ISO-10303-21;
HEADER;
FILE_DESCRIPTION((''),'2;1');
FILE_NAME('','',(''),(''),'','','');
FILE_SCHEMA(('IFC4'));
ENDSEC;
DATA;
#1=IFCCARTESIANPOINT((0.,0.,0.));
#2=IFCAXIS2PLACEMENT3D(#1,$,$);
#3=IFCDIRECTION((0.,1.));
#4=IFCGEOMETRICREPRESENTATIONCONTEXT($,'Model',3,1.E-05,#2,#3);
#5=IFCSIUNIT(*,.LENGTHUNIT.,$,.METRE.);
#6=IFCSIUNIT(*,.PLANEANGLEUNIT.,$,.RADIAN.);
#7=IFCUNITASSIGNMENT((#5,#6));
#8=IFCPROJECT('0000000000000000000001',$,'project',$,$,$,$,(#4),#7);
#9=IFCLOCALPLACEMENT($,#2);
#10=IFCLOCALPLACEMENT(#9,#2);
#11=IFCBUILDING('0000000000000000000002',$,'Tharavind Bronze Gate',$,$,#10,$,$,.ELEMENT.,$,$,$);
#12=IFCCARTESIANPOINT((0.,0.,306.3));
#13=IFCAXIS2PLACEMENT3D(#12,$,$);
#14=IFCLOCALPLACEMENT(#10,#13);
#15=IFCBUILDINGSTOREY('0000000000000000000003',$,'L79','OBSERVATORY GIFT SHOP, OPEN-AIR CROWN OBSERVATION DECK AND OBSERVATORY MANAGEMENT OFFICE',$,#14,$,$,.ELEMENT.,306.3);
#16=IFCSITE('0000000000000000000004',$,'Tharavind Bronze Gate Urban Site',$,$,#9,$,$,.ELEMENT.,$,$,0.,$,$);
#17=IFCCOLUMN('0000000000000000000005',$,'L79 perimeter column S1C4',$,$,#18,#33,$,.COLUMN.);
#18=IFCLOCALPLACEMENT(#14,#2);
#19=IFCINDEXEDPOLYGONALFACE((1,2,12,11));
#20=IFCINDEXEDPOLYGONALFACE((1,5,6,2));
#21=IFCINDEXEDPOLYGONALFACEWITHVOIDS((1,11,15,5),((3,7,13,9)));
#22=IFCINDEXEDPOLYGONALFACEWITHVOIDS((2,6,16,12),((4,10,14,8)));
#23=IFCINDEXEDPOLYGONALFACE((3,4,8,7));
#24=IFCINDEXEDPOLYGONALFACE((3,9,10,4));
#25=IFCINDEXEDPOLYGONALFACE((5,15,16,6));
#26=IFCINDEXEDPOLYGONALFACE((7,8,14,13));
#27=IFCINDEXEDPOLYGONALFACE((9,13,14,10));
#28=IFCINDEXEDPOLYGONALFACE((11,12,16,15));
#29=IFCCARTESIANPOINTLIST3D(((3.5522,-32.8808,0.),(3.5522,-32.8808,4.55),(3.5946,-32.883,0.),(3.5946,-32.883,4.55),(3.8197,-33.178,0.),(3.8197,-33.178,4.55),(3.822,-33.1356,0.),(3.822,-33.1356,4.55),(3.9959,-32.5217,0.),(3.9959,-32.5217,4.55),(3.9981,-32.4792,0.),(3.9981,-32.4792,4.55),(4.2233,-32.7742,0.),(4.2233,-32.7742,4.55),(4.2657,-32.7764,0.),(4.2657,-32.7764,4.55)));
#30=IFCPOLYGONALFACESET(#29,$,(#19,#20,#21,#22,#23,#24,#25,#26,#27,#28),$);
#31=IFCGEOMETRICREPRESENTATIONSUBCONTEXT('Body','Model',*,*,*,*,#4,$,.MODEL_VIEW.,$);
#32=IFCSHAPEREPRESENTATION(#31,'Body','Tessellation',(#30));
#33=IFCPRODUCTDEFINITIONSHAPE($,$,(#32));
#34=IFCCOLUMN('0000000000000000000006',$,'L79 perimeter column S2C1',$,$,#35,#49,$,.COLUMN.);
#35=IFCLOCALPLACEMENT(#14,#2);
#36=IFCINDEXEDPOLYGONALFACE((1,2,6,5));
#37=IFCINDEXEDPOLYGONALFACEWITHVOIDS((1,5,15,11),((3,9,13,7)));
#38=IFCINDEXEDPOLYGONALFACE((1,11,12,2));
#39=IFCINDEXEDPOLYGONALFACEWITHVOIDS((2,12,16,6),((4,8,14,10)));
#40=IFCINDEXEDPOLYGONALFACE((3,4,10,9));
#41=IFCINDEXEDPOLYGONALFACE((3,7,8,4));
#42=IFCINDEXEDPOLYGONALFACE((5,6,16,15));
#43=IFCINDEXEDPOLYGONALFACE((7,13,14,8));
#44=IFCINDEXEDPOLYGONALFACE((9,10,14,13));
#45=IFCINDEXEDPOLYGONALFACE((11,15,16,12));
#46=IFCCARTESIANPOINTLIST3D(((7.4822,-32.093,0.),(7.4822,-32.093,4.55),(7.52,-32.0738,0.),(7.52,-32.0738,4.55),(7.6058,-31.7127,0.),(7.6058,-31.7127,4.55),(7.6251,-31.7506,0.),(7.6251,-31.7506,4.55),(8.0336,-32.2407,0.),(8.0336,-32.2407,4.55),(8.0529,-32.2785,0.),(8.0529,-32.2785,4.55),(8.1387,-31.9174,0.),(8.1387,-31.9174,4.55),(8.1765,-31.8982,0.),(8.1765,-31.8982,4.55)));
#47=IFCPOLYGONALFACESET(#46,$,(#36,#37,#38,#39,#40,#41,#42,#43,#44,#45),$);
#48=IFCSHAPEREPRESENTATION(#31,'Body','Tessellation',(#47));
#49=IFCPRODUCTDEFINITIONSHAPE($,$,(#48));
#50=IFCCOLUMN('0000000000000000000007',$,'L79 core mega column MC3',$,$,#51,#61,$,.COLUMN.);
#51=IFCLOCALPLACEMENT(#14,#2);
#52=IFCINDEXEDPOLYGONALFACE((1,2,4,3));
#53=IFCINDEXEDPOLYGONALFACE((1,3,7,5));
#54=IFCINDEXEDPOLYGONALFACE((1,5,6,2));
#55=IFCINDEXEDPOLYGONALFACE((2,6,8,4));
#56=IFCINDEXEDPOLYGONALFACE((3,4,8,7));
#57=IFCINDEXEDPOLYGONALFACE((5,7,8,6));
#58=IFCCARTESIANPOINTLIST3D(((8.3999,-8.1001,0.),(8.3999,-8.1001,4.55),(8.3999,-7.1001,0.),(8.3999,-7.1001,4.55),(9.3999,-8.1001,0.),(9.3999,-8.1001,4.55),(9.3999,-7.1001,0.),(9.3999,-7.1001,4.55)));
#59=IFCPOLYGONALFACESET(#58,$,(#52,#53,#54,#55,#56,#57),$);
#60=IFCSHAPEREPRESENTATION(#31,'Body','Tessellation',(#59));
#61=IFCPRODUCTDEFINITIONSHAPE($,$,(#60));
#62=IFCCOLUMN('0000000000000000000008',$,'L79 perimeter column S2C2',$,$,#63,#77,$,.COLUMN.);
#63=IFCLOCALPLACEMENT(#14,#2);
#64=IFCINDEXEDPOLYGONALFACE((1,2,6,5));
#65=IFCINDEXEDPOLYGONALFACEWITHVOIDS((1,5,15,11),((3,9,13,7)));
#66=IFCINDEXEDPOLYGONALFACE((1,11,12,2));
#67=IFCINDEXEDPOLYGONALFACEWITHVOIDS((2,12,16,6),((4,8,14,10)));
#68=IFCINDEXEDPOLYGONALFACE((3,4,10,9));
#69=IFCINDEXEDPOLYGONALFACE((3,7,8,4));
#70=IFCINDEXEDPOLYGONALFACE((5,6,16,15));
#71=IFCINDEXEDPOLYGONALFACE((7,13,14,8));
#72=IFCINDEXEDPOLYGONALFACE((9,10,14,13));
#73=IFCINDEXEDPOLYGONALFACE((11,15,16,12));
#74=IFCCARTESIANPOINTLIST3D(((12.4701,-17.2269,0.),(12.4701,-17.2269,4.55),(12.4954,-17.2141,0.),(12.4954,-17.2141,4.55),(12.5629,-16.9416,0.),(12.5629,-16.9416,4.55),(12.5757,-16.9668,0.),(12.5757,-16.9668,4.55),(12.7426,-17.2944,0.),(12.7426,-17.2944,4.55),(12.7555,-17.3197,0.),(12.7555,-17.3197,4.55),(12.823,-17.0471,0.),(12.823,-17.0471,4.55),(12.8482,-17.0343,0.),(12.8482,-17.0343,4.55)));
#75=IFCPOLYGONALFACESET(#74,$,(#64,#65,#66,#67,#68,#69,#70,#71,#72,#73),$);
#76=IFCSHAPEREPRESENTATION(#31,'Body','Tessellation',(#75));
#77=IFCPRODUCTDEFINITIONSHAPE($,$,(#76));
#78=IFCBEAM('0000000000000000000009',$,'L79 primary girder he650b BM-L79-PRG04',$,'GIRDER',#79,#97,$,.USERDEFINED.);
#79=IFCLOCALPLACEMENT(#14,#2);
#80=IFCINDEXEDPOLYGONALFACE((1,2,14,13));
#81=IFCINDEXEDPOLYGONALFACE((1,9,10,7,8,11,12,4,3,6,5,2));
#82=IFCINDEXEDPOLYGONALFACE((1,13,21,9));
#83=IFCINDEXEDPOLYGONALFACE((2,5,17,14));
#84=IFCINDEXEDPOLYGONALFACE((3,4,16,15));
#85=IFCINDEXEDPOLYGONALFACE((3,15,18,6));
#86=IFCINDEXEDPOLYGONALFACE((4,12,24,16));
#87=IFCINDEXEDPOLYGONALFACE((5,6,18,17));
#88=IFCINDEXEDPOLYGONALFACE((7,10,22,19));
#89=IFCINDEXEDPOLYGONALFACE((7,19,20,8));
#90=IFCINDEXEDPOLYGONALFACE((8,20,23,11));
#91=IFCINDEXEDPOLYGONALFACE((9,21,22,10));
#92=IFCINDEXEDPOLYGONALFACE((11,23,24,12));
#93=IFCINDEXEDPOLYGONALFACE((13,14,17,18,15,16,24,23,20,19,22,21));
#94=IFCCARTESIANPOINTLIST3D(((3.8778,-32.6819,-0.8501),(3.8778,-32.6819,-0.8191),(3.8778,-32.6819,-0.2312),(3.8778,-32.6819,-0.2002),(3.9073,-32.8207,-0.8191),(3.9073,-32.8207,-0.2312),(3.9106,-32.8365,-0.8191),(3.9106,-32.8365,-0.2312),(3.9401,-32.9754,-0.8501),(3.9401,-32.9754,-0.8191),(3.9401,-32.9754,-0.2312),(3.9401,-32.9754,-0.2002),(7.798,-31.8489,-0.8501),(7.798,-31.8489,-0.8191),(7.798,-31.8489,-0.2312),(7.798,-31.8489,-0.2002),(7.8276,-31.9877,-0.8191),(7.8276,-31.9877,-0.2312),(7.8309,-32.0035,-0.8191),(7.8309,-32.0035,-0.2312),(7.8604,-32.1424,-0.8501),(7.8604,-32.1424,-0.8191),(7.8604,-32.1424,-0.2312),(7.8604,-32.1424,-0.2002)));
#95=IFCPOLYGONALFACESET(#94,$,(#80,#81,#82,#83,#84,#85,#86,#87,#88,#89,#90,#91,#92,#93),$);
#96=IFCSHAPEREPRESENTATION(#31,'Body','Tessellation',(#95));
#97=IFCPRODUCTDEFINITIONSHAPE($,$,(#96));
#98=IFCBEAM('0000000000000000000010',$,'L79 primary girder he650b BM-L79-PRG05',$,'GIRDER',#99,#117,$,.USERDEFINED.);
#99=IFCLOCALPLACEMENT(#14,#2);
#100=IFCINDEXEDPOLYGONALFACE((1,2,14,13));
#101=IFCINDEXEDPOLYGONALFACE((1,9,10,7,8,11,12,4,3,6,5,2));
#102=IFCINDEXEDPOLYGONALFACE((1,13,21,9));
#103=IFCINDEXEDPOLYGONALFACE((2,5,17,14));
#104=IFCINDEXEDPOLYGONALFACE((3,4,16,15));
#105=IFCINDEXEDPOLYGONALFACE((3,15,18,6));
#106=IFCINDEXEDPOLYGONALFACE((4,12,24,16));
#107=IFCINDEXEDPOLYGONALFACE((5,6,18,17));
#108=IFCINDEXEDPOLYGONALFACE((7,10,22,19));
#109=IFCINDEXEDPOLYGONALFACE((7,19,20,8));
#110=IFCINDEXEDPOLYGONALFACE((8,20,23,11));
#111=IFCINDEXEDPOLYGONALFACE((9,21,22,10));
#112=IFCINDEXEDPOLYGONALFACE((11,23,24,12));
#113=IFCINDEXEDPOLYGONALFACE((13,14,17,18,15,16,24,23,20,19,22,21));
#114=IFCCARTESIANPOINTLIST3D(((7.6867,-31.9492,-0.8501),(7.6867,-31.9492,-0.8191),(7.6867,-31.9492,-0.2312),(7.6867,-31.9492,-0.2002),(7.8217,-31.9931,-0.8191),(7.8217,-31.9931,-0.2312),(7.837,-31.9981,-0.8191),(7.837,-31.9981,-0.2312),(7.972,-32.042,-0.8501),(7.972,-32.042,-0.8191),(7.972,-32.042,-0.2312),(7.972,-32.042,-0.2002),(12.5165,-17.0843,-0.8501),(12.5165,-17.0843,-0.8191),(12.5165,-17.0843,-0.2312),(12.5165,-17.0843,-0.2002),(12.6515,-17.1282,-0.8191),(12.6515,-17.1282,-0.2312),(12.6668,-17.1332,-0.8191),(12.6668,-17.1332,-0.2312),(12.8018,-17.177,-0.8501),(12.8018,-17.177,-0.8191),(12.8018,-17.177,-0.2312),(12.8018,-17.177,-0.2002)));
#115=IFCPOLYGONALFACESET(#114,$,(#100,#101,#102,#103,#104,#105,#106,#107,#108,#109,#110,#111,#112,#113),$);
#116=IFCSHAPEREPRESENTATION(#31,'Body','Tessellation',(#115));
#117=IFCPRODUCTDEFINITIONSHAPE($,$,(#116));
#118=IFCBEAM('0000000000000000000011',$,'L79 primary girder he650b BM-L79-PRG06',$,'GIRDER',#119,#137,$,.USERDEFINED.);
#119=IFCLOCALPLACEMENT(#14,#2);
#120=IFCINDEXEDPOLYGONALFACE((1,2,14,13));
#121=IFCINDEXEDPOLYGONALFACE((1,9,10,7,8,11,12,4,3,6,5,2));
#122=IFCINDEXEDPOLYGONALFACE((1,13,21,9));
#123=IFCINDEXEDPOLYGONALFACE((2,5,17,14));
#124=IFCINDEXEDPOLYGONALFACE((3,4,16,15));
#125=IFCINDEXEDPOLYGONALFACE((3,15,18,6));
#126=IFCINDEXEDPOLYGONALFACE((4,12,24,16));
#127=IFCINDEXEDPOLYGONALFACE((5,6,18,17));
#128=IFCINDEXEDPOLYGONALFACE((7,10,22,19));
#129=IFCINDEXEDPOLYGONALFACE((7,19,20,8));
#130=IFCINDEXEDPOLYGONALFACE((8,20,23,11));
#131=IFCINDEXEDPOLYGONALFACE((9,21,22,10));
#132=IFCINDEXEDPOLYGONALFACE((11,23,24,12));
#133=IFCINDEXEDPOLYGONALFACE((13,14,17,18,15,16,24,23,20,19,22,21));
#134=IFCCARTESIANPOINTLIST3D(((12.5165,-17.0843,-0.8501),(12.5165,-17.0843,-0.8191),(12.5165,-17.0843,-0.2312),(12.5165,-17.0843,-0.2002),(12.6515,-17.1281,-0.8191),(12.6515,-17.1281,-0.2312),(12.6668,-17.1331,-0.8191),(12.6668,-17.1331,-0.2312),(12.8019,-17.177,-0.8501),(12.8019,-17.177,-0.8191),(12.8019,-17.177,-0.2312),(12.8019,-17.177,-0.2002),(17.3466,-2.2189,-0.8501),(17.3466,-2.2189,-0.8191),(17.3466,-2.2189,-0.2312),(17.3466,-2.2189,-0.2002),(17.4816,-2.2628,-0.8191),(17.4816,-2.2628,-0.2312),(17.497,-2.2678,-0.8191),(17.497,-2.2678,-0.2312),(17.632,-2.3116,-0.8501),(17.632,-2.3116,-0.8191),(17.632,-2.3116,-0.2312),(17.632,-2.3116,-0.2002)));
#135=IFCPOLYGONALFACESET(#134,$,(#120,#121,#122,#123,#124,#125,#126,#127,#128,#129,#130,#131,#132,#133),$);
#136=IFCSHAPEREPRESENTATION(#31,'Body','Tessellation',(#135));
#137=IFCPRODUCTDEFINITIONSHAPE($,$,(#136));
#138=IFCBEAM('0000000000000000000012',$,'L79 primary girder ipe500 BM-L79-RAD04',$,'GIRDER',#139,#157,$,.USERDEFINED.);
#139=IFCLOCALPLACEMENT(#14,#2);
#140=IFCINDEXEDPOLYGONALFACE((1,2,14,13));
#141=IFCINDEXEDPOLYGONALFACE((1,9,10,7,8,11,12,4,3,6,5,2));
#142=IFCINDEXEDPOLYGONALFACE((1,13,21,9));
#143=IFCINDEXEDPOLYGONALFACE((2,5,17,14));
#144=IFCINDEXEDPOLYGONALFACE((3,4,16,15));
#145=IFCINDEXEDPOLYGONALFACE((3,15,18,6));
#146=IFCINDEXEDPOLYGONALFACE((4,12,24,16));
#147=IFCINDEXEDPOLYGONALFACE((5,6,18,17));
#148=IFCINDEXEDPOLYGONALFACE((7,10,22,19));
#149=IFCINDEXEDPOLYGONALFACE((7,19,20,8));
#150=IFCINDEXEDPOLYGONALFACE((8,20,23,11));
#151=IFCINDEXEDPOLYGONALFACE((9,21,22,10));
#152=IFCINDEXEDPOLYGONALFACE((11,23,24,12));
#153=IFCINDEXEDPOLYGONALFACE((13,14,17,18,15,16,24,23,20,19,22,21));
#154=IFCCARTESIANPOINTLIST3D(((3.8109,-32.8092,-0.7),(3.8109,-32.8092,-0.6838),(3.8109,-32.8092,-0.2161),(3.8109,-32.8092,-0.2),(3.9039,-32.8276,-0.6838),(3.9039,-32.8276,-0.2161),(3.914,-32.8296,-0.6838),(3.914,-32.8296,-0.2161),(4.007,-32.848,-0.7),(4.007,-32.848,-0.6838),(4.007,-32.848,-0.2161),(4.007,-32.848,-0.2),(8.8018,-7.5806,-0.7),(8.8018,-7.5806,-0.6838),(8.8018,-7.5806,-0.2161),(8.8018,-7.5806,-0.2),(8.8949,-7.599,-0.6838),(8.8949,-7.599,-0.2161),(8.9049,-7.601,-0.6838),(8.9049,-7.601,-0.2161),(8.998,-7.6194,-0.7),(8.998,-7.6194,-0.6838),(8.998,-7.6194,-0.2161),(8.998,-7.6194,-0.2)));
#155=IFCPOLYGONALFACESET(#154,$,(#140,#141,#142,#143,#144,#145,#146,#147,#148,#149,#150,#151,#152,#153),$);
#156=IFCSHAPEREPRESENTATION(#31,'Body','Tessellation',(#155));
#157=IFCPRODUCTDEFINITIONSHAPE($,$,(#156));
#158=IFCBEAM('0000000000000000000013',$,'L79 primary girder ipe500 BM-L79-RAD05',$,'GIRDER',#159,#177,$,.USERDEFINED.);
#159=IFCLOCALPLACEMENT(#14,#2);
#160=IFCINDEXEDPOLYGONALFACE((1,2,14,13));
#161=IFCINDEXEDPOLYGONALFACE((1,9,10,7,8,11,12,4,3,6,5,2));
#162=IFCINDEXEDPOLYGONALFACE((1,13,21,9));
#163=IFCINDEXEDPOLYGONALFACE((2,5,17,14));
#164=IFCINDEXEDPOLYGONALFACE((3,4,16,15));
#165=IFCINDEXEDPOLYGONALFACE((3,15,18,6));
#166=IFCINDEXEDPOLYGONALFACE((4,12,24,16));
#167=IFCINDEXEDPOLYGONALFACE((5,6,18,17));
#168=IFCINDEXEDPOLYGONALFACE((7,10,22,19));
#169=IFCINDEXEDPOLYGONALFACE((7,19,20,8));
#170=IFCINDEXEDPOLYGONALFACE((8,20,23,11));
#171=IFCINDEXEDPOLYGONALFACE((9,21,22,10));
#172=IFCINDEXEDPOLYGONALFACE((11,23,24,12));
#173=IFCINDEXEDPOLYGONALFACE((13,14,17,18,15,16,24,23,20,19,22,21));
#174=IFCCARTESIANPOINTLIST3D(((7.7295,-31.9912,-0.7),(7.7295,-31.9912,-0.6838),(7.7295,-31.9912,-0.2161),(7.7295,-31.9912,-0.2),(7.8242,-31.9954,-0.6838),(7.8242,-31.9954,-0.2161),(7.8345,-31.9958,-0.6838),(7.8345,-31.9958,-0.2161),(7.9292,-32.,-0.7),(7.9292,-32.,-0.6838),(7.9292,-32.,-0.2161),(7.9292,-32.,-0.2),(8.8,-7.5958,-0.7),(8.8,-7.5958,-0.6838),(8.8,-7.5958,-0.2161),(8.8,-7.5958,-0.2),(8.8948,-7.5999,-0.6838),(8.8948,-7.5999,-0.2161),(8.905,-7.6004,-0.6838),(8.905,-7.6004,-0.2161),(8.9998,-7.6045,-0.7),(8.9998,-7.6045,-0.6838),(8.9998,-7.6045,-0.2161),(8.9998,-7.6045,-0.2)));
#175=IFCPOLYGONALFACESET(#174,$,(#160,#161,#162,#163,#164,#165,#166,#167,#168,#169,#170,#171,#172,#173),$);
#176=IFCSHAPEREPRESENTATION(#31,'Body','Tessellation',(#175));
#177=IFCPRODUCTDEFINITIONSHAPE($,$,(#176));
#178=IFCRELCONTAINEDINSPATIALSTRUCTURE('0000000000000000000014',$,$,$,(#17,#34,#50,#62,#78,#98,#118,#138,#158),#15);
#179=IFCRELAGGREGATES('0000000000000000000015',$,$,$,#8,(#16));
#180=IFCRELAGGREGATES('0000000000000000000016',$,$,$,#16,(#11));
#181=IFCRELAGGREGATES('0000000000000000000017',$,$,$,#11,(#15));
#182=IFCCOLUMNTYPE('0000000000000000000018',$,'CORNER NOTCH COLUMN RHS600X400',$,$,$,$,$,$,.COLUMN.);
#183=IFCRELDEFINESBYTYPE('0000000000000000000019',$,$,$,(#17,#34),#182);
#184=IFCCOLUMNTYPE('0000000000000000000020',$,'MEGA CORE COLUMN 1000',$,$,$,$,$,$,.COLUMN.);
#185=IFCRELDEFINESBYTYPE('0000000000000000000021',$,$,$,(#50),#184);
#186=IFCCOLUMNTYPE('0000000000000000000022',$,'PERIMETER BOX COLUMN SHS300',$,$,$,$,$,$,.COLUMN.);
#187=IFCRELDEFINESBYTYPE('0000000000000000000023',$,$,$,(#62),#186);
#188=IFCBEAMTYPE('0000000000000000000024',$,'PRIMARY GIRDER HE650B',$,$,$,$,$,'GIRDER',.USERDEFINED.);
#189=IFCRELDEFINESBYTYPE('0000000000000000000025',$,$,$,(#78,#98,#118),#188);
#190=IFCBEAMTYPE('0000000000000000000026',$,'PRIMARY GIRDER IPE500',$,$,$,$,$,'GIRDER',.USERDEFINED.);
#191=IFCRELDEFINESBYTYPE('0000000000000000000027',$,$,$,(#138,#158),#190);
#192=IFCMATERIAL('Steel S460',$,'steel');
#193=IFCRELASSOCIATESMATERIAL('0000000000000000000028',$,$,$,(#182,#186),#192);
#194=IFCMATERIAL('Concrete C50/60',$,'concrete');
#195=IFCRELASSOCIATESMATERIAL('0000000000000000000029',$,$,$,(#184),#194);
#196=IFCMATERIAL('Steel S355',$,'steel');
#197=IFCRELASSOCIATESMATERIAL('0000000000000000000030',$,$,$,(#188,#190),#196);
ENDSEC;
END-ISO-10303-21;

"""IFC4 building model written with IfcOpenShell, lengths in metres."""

from ifc_helpers import new_model, si_unit, direction, frame, origin, origin_2d, place, context, subcontext, project, spatial, rectangle, hollow_rectangle, i_section, extrude, material, material_profile, profile_set, type_object, element, save


model = new_model("IFC4")

# Units and contexts
model_context = context("Model", 3, precision=1e-05, world=origin(), true_north=direction((0.0, 1.0)))
body_context = subcontext(model_context, "Body", "Model", "MODEL_VIEW")
ifc_project = project(units=[si_unit("LENGTHUNIT", "METRE"), si_unit("PLANEANGLEUNIT", "RADIAN")], contexts=[model_context])

# Site, building, storey
site_placement = place(None, origin())
site = spatial("IfcSite", under=ifc_project, at=site_placement, Name="Tharavind Bronze Gate Urban Site", CompositionType="ELEMENT", RefElevation=0.0)
building_placement = place(site_placement, origin())
building = spatial("IfcBuilding", under=site, at=building_placement, Name="Tharavind Bronze Gate", CompositionType="ELEMENT")
storey_placement = place(building_placement, frame((0.0, 0.0, 306.3)))
storey = spatial("IfcBuildingStorey", under=building, at=storey_placement, Name="L79", Description="OBSERVATORY GIFT SHOP, OPEN-AIR CROWN OBSERVATION DECK AND OBSERVATORY MANAGEMENT OFFICE", CompositionType="ELEMENT", Elevation=306.3)

# Columns
ifc_material_1 = material(Name="Steel S460", Category="steel")
ifc_material_profile_1 = material_profile(ifc_material_1, hollow_rectangle(XDim=0.3999, YDim=0.6001, WallThickness=0.03, at=origin_2d()), Name="RHS600X400X30")
ifc_profile_set_1 = profile_set([ifc_material_profile_1], Name="Steel S460")
column_type_1 = type_object("IfcColumnType", Name="CORNER NOTCH COLUMN RHS600X400", PredefinedType="COLUMN", material=ifc_profile_set_1)
for number, where, z_axis, x_axis, name in (
    (1, (3.9089, -32.8286, 0.0), (0.0, 0.0, 1.0), (-0.669131, 0.743145, 0.0), "L79 perimeter column S1C4"),
    (2, (7.8293, -31.9956, 0.0), (0.0, 0.0, 1.0), (0.309019, 0.951056, 0.0), "L79 perimeter column S2C1"),
):
    element("IfcColumn", number, at=place(storey_placement, frame(where, z_axis=z_axis, x_axis=x_axis)), inside=storey, type_object=column_type_1, Name=name, PredefinedType="COLUMN", context=body_context, shape_type="SweptSolid", body=[
        extrude(hollow_rectangle(XDim=0.3999, YDim=0.6001, WallThickness=0.03, at=origin_2d()), origin(), (0.0, 0.0, 1.0), 4.55),
    ])
ifc_material_2 = material(Name="Concrete C50/60", Category="concrete")
ifc_material_profile_2 = material_profile(ifc_material_2, rectangle(XDim=1.0, YDim=1.0, at=origin_2d()), Name="RCCOL1000")
ifc_profile_set_2 = profile_set([ifc_material_profile_2], Name="Concrete C50/60")
column_type_2 = type_object("IfcColumnType", Name="MEGA CORE COLUMN 1000", PredefinedType="COLUMN", material=ifc_profile_set_2)
column_1_placement = place(storey_placement, frame((8.8999, -7.6001, 0.0), z_axis=(0.0, 0.0, 1.0), x_axis=(1.0, 0.0, 0.0)))
element("IfcColumn", 3, at=column_1_placement, inside=storey, type_object=column_type_2, Name="L79 core mega column MC3", PredefinedType="COLUMN", context=body_context, shape_type="SweptSolid", body=[
    extrude(rectangle(XDim=1.0, YDim=1.0, at=origin_2d()), origin(), (0.0, 0.0, 1.0), 4.55),
])
ifc_material_profile_3 = material_profile(ifc_material_1, hollow_rectangle(XDim=0.3, YDim=0.3, WallThickness=0.02, at=origin_2d()), Name="SHS300X20")
ifc_profile_set_3 = profile_set([ifc_material_profile_3], Name="Steel S460")
column_type_3 = type_object("IfcColumnType", Name="PERIMETER BOX COLUMN SHS300", PredefinedType="COLUMN", material=ifc_profile_set_3)
column_2_placement = place(storey_placement, frame((12.6592, -17.1306, 0.0), z_axis=(0.0, 0.0, 1.0), x_axis=(0.309019, 0.951056, 0.0)))
element("IfcColumn", 4, at=column_2_placement, inside=storey, type_object=column_type_3, Name="L79 perimeter column S2C2", PredefinedType="COLUMN", context=body_context, shape_type="SweptSolid", body=[
    extrude(hollow_rectangle(XDim=0.3, YDim=0.3, WallThickness=0.02, at=origin_2d()), origin(), (0.0, 0.0, 1.0), 4.55),
])

# Beams
ifc_material_3 = material(Name="Steel S355", Category="steel")
ifc_material_profile_4 = material_profile(ifc_material_3, i_section(OverallWidth=0.3, OverallDepth=0.6499, WebThickness=0.0161, FlangeThickness=0.031, at=origin_2d()), Name="HE650B")
ifc_profile_set_4 = profile_set([ifc_material_profile_4], Name="Steel S355")
beam_type_1 = type_object("IfcBeamType", Name="PRIMARY GIRDER HE650B", ElementType="GIRDER", PredefinedType="USERDEFINED", material=ifc_profile_set_4)
beam_1_placement = place(storey_placement, frame((3.9089, -32.8286, -0.5251), z_axis=(0.978163, 0.20784, 0.0), x_axis=(-0.20784, 0.978163, 0.0)))
element("IfcBeam", 5, at=beam_1_placement, inside=storey, type_object=beam_type_1, Name="L79 primary girder he650b BM-L79-PRG04", ObjectType="GIRDER", PredefinedType="USERDEFINED", context=body_context, shape_type="SweptSolid", body=[
    extrude(i_section(OverallWidth=0.3, OverallDepth=0.6499, WebThickness=0.0161, FlangeThickness=0.031, at=origin_2d()), origin(), (0.0, 0.0, 1.0), 4.0078),
])
beam_2_placement = place(storey_placement, frame((7.8293, -31.9956, -0.5251), z_axis=(0.309012, 0.951058, 0.0), x_axis=(-0.951058, 0.309012, 0.0)))
element("IfcBeam", 6, at=beam_2_placement, inside=storey, type_object=beam_type_1, Name="L79 primary girder he650b BM-L79-PRG05", ObjectType="GIRDER", PredefinedType="USERDEFINED", context=body_context, shape_type="SweptSolid", body=[
    extrude(i_section(OverallWidth=0.3, OverallDepth=0.6499, WebThickness=0.0161, FlangeThickness=0.031, at=origin_2d()), origin(), (0.0, 0.0, 1.0), 15.6299),
])
beam_3_placement = place(storey_placement, frame((12.6592, -17.1306, -0.5251), z_axis=(0.309021, 0.951055, 0.0), x_axis=(-0.951055, 0.309021, 0.0)))
element("IfcBeam", 7, at=beam_3_placement, inside=storey, type_object=beam_type_1, Name="L79 primary girder he650b BM-L79-PRG06", ObjectType="GIRDER", PredefinedType="USERDEFINED", context=body_context, shape_type="SweptSolid", body=[
    extrude(i_section(OverallWidth=0.3, OverallDepth=0.6499, WebThickness=0.0161, FlangeThickness=0.031, at=origin_2d()), origin(), (0.0, 0.0, 1.0), 15.6304),
])
ifc_material_profile_5 = material_profile(ifc_material_3, i_section(OverallWidth=0.2, OverallDepth=0.5, WebThickness=0.0103, FlangeThickness=0.0161, at=origin_2d()), Name="IPE500")
ifc_profile_set_5 = profile_set([ifc_material_profile_5], Name="Steel S355")
beam_type_2 = type_object("IfcBeamType", Name="PRIMARY GIRDER IPE500", ElementType="GIRDER", PredefinedType="USERDEFINED", material=ifc_profile_set_5)
beam_4_placement = place(storey_placement, frame((3.9089, -32.8286, -0.45), z_axis=(0.194069, 0.980988, 0.0), x_axis=(-0.980988, 0.194069, 0.0)))
element("IfcBeam", 8, at=beam_4_placement, inside=storey, type_object=beam_type_2, Name="L79 primary girder ipe500 BM-L79-RAD04", ObjectType="GIRDER", PredefinedType="USERDEFINED", context=body_context, shape_type="SweptSolid", body=[
    extrude(i_section(OverallWidth=0.2, OverallDepth=0.5, WebThickness=0.0103, FlangeThickness=0.0161, at=origin_2d()), origin(), (0.0, 0.0, 1.0), 25.7175),
])
beam_5_placement = place(storey_placement, frame((7.8293, -31.9956, -0.45), z_axis=(0.043841, 0.999039, 0.0), x_axis=(-0.999039, 0.043841, 0.0)))
element("IfcBeam", 9, at=beam_5_placement, inside=storey, type_object=beam_type_2, Name="L79 primary girder ipe500 BM-L79-RAD05", ObjectType="GIRDER", PredefinedType="USERDEFINED", context=body_context, shape_type="SweptSolid", body=[
    extrude(i_section(OverallWidth=0.2, OverallDepth=0.5, WebThickness=0.0103, FlangeThickness=0.0161, at=origin_2d()), origin(), (0.0, 0.0, 1.0), 24.4189),
])

save(model, "model.ifc")
